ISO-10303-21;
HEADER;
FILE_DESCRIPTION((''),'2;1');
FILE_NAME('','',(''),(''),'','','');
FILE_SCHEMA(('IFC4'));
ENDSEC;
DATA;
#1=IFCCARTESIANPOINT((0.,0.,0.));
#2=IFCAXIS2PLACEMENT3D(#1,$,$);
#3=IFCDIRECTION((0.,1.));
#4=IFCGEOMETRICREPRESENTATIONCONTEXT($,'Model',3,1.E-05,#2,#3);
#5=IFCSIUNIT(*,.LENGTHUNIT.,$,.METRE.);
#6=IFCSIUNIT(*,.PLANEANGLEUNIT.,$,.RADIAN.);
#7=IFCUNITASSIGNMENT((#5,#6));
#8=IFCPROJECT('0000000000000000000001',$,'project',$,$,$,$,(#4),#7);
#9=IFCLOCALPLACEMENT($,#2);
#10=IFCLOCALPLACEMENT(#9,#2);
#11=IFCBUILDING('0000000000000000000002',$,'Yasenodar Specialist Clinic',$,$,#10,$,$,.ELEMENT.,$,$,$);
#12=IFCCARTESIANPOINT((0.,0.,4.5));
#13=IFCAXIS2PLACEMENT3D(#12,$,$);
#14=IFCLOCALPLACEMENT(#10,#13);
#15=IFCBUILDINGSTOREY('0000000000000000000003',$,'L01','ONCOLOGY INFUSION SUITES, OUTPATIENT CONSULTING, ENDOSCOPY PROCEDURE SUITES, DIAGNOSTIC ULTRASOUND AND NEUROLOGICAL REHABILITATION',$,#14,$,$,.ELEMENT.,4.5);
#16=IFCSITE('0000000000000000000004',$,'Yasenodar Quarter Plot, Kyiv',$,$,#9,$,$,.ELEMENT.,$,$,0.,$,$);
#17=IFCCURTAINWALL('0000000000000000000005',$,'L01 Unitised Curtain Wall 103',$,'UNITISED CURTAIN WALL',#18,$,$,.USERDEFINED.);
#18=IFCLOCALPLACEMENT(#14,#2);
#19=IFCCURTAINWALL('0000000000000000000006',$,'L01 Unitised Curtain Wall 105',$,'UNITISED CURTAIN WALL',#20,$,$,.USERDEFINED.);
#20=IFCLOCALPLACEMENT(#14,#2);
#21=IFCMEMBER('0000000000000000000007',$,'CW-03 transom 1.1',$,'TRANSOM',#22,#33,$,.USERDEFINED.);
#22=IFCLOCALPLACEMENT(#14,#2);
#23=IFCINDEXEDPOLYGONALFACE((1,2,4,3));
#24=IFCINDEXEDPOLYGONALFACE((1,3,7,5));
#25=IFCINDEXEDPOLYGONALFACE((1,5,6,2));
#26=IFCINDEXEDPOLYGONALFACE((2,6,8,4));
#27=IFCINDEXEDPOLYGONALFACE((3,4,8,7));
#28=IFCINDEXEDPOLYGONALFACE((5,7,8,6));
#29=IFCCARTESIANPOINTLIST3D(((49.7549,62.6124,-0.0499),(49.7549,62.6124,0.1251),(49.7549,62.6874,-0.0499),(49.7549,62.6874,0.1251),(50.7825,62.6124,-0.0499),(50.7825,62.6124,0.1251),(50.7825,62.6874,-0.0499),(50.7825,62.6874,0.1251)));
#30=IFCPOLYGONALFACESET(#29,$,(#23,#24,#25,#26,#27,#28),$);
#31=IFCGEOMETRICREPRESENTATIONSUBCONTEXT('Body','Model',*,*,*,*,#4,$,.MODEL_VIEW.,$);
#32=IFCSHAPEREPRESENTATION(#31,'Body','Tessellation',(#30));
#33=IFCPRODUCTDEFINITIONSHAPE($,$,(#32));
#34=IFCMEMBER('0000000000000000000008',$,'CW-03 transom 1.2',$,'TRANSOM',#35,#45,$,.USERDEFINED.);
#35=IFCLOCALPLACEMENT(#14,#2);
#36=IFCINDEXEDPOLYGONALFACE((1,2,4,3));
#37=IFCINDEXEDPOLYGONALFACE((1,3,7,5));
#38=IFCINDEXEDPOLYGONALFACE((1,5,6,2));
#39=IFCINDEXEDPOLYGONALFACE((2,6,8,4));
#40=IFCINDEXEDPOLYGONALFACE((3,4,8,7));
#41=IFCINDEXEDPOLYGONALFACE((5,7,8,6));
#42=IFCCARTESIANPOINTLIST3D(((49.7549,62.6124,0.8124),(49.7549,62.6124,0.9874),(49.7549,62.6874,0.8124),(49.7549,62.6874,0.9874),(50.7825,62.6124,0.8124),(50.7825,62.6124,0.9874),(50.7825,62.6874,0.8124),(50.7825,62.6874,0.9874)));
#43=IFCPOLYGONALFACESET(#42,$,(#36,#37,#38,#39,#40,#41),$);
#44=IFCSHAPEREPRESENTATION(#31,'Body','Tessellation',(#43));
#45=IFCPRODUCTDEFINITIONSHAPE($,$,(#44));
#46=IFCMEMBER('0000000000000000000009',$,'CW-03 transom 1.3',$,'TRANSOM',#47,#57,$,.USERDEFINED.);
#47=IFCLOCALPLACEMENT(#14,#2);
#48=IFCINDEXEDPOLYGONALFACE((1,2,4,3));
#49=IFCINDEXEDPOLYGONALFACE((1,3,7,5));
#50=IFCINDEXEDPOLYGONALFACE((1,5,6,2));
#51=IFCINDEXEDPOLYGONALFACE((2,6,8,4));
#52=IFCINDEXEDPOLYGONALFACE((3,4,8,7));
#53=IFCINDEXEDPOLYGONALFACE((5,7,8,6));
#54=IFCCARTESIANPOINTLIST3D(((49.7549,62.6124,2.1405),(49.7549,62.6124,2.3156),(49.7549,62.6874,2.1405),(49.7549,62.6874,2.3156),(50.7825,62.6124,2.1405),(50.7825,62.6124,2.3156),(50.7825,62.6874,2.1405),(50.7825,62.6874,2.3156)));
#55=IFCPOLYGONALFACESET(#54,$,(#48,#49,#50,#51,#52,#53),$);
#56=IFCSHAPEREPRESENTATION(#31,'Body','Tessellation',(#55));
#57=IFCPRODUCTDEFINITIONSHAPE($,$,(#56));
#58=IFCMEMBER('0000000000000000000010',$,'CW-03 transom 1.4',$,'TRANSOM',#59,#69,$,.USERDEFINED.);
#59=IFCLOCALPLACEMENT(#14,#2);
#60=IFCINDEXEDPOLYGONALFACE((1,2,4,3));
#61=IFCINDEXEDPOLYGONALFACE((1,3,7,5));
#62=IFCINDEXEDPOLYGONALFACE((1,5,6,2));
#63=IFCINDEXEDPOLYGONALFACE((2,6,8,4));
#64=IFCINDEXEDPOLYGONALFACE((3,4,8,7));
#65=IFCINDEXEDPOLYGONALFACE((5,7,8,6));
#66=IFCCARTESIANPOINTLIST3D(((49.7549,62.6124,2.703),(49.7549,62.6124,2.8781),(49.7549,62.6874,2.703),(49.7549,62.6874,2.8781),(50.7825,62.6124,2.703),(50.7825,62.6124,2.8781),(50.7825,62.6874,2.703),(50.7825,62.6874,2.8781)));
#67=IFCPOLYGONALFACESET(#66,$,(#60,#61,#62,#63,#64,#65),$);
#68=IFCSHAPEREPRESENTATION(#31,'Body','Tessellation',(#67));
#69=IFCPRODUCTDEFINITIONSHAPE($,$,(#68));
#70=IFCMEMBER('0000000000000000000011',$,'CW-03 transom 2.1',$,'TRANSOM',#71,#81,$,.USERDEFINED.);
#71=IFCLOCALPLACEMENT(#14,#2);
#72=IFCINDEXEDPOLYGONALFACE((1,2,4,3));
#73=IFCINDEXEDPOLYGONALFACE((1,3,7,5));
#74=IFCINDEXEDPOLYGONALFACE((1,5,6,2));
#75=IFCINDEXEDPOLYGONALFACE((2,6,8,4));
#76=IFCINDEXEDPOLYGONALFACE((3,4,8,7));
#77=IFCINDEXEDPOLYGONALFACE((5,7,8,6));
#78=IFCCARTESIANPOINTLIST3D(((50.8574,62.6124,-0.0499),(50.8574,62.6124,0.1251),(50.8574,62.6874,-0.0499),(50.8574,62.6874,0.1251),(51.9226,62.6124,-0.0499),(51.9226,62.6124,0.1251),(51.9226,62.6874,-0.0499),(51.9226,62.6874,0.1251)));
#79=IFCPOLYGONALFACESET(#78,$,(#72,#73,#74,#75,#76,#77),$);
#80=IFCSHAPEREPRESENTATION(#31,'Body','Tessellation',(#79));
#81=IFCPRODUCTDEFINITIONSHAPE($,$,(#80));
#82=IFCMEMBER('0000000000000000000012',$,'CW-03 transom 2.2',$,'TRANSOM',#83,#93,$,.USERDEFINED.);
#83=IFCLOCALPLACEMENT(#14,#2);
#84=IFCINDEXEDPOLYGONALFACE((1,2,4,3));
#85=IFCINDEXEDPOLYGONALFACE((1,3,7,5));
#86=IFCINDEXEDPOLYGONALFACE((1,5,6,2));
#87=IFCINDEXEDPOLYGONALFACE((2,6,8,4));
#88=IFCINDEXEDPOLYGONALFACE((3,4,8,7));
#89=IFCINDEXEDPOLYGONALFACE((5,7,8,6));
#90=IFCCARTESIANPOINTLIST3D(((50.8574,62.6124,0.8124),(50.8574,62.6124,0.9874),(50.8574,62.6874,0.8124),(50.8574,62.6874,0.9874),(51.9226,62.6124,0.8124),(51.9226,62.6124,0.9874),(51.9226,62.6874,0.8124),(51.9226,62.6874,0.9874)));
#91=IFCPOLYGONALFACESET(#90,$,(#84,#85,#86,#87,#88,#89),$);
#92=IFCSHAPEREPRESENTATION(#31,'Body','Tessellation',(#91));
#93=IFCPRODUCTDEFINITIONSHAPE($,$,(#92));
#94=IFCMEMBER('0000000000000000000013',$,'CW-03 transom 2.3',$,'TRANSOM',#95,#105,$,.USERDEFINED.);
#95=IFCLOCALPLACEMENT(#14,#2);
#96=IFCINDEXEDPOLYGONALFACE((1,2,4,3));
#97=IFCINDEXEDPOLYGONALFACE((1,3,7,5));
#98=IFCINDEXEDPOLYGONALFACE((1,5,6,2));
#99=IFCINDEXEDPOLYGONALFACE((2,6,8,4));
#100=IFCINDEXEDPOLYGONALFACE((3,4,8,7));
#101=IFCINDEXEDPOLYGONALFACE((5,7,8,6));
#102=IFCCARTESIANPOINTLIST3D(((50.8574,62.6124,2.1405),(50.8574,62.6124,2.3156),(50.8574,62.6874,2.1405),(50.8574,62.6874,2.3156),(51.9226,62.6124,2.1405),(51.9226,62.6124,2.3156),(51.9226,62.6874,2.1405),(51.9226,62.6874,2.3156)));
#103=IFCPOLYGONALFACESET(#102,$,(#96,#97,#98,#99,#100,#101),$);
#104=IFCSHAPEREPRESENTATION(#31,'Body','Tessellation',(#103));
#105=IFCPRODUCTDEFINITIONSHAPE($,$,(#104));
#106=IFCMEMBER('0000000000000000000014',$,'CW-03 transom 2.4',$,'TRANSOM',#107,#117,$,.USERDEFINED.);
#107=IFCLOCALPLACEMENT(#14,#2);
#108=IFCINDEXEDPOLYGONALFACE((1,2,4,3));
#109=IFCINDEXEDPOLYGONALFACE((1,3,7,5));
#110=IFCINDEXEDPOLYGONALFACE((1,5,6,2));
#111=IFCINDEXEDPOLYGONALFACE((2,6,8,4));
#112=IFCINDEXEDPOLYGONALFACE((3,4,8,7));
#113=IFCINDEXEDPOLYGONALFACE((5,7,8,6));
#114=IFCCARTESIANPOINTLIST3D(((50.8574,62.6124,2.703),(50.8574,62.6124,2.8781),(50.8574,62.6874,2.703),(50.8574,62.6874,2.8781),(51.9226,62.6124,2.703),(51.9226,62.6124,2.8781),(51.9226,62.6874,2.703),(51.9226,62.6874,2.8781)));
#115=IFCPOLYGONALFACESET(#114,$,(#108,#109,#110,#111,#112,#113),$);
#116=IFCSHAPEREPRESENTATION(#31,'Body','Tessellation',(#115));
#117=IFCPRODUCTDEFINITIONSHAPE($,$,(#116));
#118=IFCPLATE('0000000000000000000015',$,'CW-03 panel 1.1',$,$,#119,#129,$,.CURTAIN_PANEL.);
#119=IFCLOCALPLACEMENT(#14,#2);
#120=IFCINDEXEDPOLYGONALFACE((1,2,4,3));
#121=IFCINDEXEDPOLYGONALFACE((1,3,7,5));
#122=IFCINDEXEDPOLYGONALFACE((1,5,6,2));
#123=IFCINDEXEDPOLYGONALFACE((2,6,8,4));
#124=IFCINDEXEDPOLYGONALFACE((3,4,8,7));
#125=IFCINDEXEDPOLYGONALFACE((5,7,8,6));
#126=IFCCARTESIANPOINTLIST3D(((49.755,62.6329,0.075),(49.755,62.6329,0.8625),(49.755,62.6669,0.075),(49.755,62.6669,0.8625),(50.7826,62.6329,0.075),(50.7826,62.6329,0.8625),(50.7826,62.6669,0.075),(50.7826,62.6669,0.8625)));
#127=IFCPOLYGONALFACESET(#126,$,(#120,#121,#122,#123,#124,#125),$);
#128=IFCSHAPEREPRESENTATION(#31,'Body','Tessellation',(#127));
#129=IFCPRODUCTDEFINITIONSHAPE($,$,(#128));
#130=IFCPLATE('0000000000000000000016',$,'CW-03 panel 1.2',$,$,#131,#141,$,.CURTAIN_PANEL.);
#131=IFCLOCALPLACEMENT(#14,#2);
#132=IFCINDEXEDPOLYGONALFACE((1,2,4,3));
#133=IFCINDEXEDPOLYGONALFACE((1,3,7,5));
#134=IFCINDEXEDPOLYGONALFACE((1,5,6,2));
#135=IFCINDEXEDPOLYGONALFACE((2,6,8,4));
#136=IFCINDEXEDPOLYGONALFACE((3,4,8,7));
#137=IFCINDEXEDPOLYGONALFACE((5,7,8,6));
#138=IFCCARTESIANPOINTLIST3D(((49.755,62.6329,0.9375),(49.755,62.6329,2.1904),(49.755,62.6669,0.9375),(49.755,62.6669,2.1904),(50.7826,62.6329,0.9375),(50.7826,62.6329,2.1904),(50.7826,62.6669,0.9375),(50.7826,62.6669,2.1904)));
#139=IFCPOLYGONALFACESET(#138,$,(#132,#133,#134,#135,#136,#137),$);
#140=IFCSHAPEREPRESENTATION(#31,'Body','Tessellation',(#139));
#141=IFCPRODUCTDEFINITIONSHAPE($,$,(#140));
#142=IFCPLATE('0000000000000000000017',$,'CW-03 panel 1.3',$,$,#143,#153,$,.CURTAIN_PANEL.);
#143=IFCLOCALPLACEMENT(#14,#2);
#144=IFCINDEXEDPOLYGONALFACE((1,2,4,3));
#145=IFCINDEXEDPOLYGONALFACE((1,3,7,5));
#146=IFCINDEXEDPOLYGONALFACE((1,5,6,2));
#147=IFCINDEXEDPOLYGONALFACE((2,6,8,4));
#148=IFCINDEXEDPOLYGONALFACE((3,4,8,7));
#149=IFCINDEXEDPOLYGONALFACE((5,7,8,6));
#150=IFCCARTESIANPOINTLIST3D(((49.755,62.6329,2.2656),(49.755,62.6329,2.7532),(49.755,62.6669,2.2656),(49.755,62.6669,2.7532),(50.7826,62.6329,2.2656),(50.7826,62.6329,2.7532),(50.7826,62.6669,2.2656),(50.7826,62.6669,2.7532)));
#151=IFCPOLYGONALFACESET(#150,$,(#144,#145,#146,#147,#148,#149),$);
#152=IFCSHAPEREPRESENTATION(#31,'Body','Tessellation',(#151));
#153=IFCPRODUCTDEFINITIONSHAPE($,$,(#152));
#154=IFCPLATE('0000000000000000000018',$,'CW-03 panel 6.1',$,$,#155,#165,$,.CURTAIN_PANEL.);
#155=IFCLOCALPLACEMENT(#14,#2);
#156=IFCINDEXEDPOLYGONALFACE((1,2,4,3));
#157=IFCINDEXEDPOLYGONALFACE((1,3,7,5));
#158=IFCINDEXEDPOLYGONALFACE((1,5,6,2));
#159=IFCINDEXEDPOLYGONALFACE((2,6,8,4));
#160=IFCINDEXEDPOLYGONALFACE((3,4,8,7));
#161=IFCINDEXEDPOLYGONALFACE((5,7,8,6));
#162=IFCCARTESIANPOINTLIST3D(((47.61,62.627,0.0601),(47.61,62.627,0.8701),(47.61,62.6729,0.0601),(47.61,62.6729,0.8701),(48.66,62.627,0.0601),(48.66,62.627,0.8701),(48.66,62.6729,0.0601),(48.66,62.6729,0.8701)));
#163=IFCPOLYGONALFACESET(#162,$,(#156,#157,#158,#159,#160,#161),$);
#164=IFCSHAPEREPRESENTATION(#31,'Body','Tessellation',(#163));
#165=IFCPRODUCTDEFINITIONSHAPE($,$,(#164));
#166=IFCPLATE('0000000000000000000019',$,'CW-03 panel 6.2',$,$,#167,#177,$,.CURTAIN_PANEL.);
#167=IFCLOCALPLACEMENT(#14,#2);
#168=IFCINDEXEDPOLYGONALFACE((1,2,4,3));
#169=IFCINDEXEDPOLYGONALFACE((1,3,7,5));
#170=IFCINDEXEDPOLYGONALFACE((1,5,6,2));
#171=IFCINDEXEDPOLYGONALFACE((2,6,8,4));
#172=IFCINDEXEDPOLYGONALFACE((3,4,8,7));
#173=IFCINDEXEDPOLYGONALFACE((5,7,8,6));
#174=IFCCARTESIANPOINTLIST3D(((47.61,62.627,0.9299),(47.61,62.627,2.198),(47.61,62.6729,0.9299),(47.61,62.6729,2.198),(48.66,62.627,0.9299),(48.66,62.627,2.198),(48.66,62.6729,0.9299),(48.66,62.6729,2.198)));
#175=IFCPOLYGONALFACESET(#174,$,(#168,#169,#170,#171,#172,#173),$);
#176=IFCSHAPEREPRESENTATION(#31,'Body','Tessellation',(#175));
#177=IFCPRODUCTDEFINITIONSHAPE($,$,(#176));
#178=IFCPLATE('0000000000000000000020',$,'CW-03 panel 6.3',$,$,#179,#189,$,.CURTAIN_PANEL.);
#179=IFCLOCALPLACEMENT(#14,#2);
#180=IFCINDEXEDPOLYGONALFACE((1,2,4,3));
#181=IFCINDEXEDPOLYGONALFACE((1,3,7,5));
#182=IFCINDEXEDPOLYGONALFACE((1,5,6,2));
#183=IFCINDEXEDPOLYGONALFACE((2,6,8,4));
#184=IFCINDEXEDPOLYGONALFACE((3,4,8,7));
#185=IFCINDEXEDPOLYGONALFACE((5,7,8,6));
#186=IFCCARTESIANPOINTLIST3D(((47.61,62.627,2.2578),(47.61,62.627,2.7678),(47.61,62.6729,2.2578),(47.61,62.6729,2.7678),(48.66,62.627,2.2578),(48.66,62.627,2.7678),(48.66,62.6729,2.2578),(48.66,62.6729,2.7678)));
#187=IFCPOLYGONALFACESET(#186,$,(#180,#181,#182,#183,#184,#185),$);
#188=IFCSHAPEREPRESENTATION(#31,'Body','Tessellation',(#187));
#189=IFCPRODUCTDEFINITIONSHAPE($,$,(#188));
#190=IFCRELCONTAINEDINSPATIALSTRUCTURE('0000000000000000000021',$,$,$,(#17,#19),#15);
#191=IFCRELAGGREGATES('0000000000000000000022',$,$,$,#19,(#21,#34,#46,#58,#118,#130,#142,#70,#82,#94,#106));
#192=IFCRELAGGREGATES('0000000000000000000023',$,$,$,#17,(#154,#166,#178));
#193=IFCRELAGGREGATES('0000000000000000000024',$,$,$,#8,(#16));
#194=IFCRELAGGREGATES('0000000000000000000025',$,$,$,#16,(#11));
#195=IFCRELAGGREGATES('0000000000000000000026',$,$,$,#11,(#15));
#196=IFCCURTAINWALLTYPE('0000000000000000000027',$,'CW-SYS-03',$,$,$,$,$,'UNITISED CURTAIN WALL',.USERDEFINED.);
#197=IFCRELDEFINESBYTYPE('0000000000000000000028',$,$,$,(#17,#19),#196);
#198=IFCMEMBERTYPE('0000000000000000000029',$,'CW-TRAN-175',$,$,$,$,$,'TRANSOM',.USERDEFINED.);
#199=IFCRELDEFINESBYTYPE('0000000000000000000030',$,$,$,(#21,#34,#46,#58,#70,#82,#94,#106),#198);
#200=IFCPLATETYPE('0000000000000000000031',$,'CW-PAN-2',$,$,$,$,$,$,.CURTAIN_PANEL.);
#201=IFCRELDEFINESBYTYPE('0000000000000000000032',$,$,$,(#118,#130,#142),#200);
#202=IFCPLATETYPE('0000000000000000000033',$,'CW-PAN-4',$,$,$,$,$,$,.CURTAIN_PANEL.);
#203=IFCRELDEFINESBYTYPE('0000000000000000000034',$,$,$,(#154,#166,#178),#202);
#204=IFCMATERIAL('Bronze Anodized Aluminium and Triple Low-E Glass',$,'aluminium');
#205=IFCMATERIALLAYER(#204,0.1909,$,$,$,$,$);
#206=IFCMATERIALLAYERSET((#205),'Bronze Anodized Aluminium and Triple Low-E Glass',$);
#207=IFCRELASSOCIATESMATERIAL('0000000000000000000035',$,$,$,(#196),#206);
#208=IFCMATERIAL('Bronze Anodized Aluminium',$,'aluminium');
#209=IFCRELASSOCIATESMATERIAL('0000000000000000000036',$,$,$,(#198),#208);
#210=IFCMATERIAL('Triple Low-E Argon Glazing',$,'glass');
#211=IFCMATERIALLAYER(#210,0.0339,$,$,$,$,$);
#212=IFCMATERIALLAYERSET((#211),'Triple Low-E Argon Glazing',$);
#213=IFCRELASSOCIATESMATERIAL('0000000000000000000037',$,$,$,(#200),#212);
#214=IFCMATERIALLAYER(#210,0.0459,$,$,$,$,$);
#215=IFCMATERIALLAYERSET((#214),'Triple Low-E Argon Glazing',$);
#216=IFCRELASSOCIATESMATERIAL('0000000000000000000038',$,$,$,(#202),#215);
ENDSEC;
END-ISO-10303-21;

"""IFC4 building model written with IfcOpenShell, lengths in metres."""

from ifc_helpers import new_model, si_unit, direction, frame, origin, origin_2d, place, context, subcontext, project, spatial, rectangle, extrude, material, layer, layer_set, material_profile, profile_set, type_object, element, aggregate, save


model = new_model("IFC4")

# Units and contexts
model_context = context("Model", 3, precision=1e-05, world=origin(), true_north=direction((0.0, 1.0)))
body_context = subcontext(model_context, "Body", "Model", "MODEL_VIEW")
ifc_project = project(units=[si_unit("LENGTHUNIT", "METRE"), si_unit("PLANEANGLEUNIT", "RADIAN")], contexts=[model_context])

# Site, building, storey
site_placement = place(None, origin())
site = spatial("IfcSite", under=ifc_project, at=site_placement, Name="Yasenodar Quarter Plot, Kyiv", CompositionType="ELEMENT", RefElevation=0.0)
building_placement = place(site_placement, origin())
building = spatial("IfcBuilding", under=site, at=building_placement, Name="Yasenodar Specialist Clinic", CompositionType="ELEMENT")
storey_placement = place(building_placement, frame((0.0, 0.0, 4.5)))
storey = spatial("IfcBuildingStorey", under=building, at=storey_placement, Name="L01", Description="ONCOLOGY INFUSION SUITES, OUTPATIENT CONSULTING, ENDOSCOPY PROCEDURE SUITES, DIAGNOSTIC ULTRASOUND AND NEUROLOGICAL REHABILITATION", CompositionType="ELEMENT", Elevation=4.5)

# Curtain wall
ifc_material_1 = material(Name="Bronze Anodized Aluminium and Triple Low-E Glass", Category="aluminium")
ifc_layer_1 = layer(ifc_material_1, 0.1909)
ifc_layer_set_1 = layer_set([ifc_layer_1], Name="Bronze Anodized Aluminium and Triple Low-E Glass")
curtain_wall_type = type_object("IfcCurtainWallType", Name="CW-SYS-03", ElementType="UNITISED CURTAIN WALL", PredefinedType="USERDEFINED", material=ifc_layer_set_1)
curtain_wall_1_placement = place(storey_placement, origin())
curtain_wall_1 = element("IfcCurtainWall", 1, at=curtain_wall_1_placement, inside=storey, type_object=curtain_wall_type, Name="L01 Unitised Curtain Wall 103", ObjectType="UNITISED CURTAIN WALL", PredefinedType="USERDEFINED")
ifc_material_2 = material(Name="Bronze Anodized Aluminium", Category="aluminium")

# Curtain wall
curtain_wall_2_placement = place(storey_placement, origin())
curtain_wall_2 = element("IfcCurtainWall", 2, at=curtain_wall_2_placement, inside=storey, type_object=curtain_wall_type, Name="L01 Unitised Curtain Wall 105", ObjectType="UNITISED CURTAIN WALL", PredefinedType="USERDEFINED")

# Members
ifc_material_profile_1 = material_profile(ifc_material_2, rectangle(XDim=0.075, YDim=0.175, at=origin_2d()), Name="CW-TRAN 75x175")
ifc_profile_set_1 = profile_set([ifc_material_profile_1], Name="Bronze Anodized Aluminium")
member_type_1 = type_object("IfcMemberType", Name="CW-TRAN-175", ElementType="TRANSOM", PredefinedType="USERDEFINED", material=ifc_profile_set_1)
member_1_placement = place(storey_placement, frame((49.7549, 62.6499, 0.0376), z_axis=(1.0, 0.0, 0.0), x_axis=(0.0, 1.0, 0.0)))
member_1 = element("IfcMember", 3, at=member_1_placement, type_object=member_type_1, Name="CW-03 transom 1.1", ObjectType="TRANSOM", PredefinedType="USERDEFINED", context=body_context, shape_type="SweptSolid", body=[
    extrude(rectangle(XDim=0.075, YDim=0.175, at=origin_2d()), origin(), (0.0, 0.0, 1.0), 1.0276),
])
member_2_placement = place(storey_placement, frame((49.7549, 62.6499, 0.8999), z_axis=(1.0, 0.0, 0.0), x_axis=(0.0, 1.0, 0.0)))
member_2 = element("IfcMember", 4, at=member_2_placement, type_object=member_type_1, Name="CW-03 transom 1.2", ObjectType="TRANSOM", PredefinedType="USERDEFINED", context=body_context, shape_type="SweptSolid", body=[
    extrude(rectangle(XDim=0.075, YDim=0.175, at=origin_2d()), origin(), (0.0, 0.0, 1.0), 1.0276),
])
member_3_placement = place(storey_placement, frame((49.7549, 62.6499, 2.228), z_axis=(1.0, 0.0, 0.0), x_axis=(0.0, 1.0, 0.0)))
member_3 = element("IfcMember", 5, at=member_3_placement, type_object=member_type_1, Name="CW-03 transom 1.3", ObjectType="TRANSOM", PredefinedType="USERDEFINED", context=body_context, shape_type="SweptSolid", body=[
    extrude(rectangle(XDim=0.075, YDim=0.175, at=origin_2d()), origin(), (0.0, 0.0, 1.0), 1.0276),
])
member_4_placement = place(storey_placement, frame((49.7549, 62.6499, 2.7905), z_axis=(1.0, 0.0, 0.0), x_axis=(0.0, 1.0, 0.0)))
member_4 = element("IfcMember", 6, at=member_4_placement, type_object=member_type_1, Name="CW-03 transom 1.4", ObjectType="TRANSOM", PredefinedType="USERDEFINED", context=body_context, shape_type="SweptSolid", body=[
    extrude(rectangle(XDim=0.075, YDim=0.175, at=origin_2d()), origin(), (0.0, 0.0, 1.0), 1.0276),
])
member_5_placement = place(storey_placement, frame((50.8574, 62.6499, 0.0376), z_axis=(1.0, 0.0, 0.0), x_axis=(0.0, 1.0, 0.0)))
member_5 = element("IfcMember", 7, at=member_5_placement, type_object=member_type_1, Name="CW-03 transom 2.1", ObjectType="TRANSOM", PredefinedType="USERDEFINED", context=body_context, shape_type="SweptSolid", body=[
    extrude(rectangle(XDim=0.075, YDim=0.175, at=origin_2d()), origin(), (0.0, 0.0, 1.0), 1.0652),
])
member_6_placement = place(storey_placement, frame((50.8574, 62.6499, 0.8999), z_axis=(1.0, 0.0, 0.0), x_axis=(0.0, 1.0, 0.0)))
member_6 = element("IfcMember", 8, at=member_6_placement, type_object=member_type_1, Name="CW-03 transom 2.2", ObjectType="TRANSOM", PredefinedType="USERDEFINED", context=body_context, shape_type="SweptSolid", body=[
    extrude(rectangle(XDim=0.075, YDim=0.175, at=origin_2d()), origin(), (0.0, 0.0, 1.0), 1.0652),
])
member_7_placement = place(storey_placement, frame((50.8574, 62.6499, 2.228), z_axis=(1.0, 0.0, 0.0), x_axis=(0.0, 1.0, 0.0)))
member_7 = element("IfcMember", 9, at=member_7_placement, type_object=member_type_1, Name="CW-03 transom 2.3", ObjectType="TRANSOM", PredefinedType="USERDEFINED", context=body_context, shape_type="SweptSolid", body=[
    extrude(rectangle(XDim=0.075, YDim=0.175, at=origin_2d()), origin(), (0.0, 0.0, 1.0), 1.0652),
])
member_8_placement = place(storey_placement, frame((50.8574, 62.6499, 2.7905), z_axis=(1.0, 0.0, 0.0), x_axis=(0.0, 1.0, 0.0)))
member_8 = element("IfcMember", 10, at=member_8_placement, type_object=member_type_1, Name="CW-03 transom 2.4", ObjectType="TRANSOM", PredefinedType="USERDEFINED", context=body_context, shape_type="SweptSolid", body=[
    extrude(rectangle(XDim=0.075, YDim=0.175, at=origin_2d()), origin(), (0.0, 0.0, 1.0), 1.0652),
])

# Plates
ifc_material_3 = material(Name="Triple Low-E Argon Glazing", Category="glass")
ifc_layer_2 = layer(ifc_material_3, 0.0339)
ifc_layer_set_2 = layer_set([ifc_layer_2], Name="Triple Low-E Argon Glazing")
plate_type_1 = type_object("IfcPlateType", Name="CW-PAN-2", PredefinedType="CURTAIN_PANEL", material=ifc_layer_set_2)
plate_1_placement = place(storey_placement, frame((50.2688, 62.6499, 0.075), z_axis=(0.0, 0.0, 1.0), x_axis=(1.0, 0.0, 0.0)))
plate_1 = element("IfcPlate", 11, at=plate_1_placement, type_object=plate_type_1, Name="CW-03 panel 1.1", PredefinedType="CURTAIN_PANEL", context=body_context, shape_type="SweptSolid", body=[
    extrude(rectangle(XDim=1.0276, YDim=0.0339, at=origin_2d()), origin(), (0.0, 0.0, 1.0), 0.7876),
])
plate_2_placement = place(storey_placement, frame((50.2688, 62.6499, 0.9375), z_axis=(0.0, 0.0, 1.0), x_axis=(1.0, 0.0, 0.0)))
plate_2 = element("IfcPlate", 12, at=plate_2_placement, type_object=plate_type_1, Name="CW-03 panel 1.2", PredefinedType="CURTAIN_PANEL", context=body_context, shape_type="SweptSolid", body=[
    extrude(rectangle(XDim=1.0276, YDim=0.0339, at=origin_2d()), origin(), (0.0, 0.0, 1.0), 1.2529),
])
plate_3_placement = place(storey_placement, frame((50.2688, 62.6499, 2.2656), z_axis=(0.0, 0.0, 1.0), x_axis=(1.0, 0.0, 0.0)))
plate_3 = element("IfcPlate", 13, at=plate_3_placement, type_object=plate_type_1, Name="CW-03 panel 1.3", PredefinedType="CURTAIN_PANEL", context=body_context, shape_type="SweptSolid", body=[
    extrude(rectangle(XDim=1.0276, YDim=0.0339, at=origin_2d()), origin(), (0.0, 0.0, 1.0), 0.4875),
])
aggregate(curtain_wall_2, [member_1, member_2, member_3, member_4, plate_1, plate_2, plate_3, member_5, member_6, member_7, member_8])
ifc_layer_3 = layer(ifc_material_3, 0.0459)
ifc_layer_set_3 = layer_set([ifc_layer_3], Name="Triple Low-E Argon Glazing")
plate_type_2 = type_object("IfcPlateType", Name="CW-PAN-4", PredefinedType="CURTAIN_PANEL", material=ifc_layer_set_3)
plate_4_placement = place(storey_placement, frame((48.135, 62.6499, 0.0601), z_axis=(0.0, 0.0, 1.0), x_axis=(1.0, 0.0, 0.0)))
plate_4 = element("IfcPlate", 14, at=plate_4_placement, type_object=plate_type_2, Name="CW-03 panel 6.1", PredefinedType="CURTAIN_PANEL", context=body_context, shape_type="SweptSolid", body=[
    extrude(rectangle(XDim=1.05, YDim=0.0459, at=origin_2d()), origin(), (0.0, 0.0, 1.0), 0.8101),
])
plate_5_placement = place(storey_placement, frame((48.135, 62.6499, 0.9299), z_axis=(0.0, 0.0, 1.0), x_axis=(1.0, 0.0, 0.0)))
plate_5 = element("IfcPlate", 15, at=plate_5_placement, type_object=plate_type_2, Name="CW-03 panel 6.2", PredefinedType="CURTAIN_PANEL", context=body_context, shape_type="SweptSolid", body=[
    extrude(rectangle(XDim=1.05, YDim=0.0459, at=origin_2d()), origin(), (0.0, 0.0, 1.0), 1.2681),
])
plate_6_placement = place(storey_placement, frame((48.135, 62.6499, 2.2578), z_axis=(0.0, 0.0, 1.0), x_axis=(1.0, 0.0, 0.0)))
plate_6 = element("IfcPlate", 16, at=plate_6_placement, type_object=plate_type_2, Name="CW-03 panel 6.3", PredefinedType="CURTAIN_PANEL", context=body_context, shape_type="SweptSolid", body=[
    extrude(rectangle(XDim=1.05, YDim=0.0459, at=origin_2d()), origin(), (0.0, 0.0, 1.0), 0.51),
])
aggregate(curtain_wall_1, [plate_4, plate_5, plate_6])

save(model, "model.ifc")
